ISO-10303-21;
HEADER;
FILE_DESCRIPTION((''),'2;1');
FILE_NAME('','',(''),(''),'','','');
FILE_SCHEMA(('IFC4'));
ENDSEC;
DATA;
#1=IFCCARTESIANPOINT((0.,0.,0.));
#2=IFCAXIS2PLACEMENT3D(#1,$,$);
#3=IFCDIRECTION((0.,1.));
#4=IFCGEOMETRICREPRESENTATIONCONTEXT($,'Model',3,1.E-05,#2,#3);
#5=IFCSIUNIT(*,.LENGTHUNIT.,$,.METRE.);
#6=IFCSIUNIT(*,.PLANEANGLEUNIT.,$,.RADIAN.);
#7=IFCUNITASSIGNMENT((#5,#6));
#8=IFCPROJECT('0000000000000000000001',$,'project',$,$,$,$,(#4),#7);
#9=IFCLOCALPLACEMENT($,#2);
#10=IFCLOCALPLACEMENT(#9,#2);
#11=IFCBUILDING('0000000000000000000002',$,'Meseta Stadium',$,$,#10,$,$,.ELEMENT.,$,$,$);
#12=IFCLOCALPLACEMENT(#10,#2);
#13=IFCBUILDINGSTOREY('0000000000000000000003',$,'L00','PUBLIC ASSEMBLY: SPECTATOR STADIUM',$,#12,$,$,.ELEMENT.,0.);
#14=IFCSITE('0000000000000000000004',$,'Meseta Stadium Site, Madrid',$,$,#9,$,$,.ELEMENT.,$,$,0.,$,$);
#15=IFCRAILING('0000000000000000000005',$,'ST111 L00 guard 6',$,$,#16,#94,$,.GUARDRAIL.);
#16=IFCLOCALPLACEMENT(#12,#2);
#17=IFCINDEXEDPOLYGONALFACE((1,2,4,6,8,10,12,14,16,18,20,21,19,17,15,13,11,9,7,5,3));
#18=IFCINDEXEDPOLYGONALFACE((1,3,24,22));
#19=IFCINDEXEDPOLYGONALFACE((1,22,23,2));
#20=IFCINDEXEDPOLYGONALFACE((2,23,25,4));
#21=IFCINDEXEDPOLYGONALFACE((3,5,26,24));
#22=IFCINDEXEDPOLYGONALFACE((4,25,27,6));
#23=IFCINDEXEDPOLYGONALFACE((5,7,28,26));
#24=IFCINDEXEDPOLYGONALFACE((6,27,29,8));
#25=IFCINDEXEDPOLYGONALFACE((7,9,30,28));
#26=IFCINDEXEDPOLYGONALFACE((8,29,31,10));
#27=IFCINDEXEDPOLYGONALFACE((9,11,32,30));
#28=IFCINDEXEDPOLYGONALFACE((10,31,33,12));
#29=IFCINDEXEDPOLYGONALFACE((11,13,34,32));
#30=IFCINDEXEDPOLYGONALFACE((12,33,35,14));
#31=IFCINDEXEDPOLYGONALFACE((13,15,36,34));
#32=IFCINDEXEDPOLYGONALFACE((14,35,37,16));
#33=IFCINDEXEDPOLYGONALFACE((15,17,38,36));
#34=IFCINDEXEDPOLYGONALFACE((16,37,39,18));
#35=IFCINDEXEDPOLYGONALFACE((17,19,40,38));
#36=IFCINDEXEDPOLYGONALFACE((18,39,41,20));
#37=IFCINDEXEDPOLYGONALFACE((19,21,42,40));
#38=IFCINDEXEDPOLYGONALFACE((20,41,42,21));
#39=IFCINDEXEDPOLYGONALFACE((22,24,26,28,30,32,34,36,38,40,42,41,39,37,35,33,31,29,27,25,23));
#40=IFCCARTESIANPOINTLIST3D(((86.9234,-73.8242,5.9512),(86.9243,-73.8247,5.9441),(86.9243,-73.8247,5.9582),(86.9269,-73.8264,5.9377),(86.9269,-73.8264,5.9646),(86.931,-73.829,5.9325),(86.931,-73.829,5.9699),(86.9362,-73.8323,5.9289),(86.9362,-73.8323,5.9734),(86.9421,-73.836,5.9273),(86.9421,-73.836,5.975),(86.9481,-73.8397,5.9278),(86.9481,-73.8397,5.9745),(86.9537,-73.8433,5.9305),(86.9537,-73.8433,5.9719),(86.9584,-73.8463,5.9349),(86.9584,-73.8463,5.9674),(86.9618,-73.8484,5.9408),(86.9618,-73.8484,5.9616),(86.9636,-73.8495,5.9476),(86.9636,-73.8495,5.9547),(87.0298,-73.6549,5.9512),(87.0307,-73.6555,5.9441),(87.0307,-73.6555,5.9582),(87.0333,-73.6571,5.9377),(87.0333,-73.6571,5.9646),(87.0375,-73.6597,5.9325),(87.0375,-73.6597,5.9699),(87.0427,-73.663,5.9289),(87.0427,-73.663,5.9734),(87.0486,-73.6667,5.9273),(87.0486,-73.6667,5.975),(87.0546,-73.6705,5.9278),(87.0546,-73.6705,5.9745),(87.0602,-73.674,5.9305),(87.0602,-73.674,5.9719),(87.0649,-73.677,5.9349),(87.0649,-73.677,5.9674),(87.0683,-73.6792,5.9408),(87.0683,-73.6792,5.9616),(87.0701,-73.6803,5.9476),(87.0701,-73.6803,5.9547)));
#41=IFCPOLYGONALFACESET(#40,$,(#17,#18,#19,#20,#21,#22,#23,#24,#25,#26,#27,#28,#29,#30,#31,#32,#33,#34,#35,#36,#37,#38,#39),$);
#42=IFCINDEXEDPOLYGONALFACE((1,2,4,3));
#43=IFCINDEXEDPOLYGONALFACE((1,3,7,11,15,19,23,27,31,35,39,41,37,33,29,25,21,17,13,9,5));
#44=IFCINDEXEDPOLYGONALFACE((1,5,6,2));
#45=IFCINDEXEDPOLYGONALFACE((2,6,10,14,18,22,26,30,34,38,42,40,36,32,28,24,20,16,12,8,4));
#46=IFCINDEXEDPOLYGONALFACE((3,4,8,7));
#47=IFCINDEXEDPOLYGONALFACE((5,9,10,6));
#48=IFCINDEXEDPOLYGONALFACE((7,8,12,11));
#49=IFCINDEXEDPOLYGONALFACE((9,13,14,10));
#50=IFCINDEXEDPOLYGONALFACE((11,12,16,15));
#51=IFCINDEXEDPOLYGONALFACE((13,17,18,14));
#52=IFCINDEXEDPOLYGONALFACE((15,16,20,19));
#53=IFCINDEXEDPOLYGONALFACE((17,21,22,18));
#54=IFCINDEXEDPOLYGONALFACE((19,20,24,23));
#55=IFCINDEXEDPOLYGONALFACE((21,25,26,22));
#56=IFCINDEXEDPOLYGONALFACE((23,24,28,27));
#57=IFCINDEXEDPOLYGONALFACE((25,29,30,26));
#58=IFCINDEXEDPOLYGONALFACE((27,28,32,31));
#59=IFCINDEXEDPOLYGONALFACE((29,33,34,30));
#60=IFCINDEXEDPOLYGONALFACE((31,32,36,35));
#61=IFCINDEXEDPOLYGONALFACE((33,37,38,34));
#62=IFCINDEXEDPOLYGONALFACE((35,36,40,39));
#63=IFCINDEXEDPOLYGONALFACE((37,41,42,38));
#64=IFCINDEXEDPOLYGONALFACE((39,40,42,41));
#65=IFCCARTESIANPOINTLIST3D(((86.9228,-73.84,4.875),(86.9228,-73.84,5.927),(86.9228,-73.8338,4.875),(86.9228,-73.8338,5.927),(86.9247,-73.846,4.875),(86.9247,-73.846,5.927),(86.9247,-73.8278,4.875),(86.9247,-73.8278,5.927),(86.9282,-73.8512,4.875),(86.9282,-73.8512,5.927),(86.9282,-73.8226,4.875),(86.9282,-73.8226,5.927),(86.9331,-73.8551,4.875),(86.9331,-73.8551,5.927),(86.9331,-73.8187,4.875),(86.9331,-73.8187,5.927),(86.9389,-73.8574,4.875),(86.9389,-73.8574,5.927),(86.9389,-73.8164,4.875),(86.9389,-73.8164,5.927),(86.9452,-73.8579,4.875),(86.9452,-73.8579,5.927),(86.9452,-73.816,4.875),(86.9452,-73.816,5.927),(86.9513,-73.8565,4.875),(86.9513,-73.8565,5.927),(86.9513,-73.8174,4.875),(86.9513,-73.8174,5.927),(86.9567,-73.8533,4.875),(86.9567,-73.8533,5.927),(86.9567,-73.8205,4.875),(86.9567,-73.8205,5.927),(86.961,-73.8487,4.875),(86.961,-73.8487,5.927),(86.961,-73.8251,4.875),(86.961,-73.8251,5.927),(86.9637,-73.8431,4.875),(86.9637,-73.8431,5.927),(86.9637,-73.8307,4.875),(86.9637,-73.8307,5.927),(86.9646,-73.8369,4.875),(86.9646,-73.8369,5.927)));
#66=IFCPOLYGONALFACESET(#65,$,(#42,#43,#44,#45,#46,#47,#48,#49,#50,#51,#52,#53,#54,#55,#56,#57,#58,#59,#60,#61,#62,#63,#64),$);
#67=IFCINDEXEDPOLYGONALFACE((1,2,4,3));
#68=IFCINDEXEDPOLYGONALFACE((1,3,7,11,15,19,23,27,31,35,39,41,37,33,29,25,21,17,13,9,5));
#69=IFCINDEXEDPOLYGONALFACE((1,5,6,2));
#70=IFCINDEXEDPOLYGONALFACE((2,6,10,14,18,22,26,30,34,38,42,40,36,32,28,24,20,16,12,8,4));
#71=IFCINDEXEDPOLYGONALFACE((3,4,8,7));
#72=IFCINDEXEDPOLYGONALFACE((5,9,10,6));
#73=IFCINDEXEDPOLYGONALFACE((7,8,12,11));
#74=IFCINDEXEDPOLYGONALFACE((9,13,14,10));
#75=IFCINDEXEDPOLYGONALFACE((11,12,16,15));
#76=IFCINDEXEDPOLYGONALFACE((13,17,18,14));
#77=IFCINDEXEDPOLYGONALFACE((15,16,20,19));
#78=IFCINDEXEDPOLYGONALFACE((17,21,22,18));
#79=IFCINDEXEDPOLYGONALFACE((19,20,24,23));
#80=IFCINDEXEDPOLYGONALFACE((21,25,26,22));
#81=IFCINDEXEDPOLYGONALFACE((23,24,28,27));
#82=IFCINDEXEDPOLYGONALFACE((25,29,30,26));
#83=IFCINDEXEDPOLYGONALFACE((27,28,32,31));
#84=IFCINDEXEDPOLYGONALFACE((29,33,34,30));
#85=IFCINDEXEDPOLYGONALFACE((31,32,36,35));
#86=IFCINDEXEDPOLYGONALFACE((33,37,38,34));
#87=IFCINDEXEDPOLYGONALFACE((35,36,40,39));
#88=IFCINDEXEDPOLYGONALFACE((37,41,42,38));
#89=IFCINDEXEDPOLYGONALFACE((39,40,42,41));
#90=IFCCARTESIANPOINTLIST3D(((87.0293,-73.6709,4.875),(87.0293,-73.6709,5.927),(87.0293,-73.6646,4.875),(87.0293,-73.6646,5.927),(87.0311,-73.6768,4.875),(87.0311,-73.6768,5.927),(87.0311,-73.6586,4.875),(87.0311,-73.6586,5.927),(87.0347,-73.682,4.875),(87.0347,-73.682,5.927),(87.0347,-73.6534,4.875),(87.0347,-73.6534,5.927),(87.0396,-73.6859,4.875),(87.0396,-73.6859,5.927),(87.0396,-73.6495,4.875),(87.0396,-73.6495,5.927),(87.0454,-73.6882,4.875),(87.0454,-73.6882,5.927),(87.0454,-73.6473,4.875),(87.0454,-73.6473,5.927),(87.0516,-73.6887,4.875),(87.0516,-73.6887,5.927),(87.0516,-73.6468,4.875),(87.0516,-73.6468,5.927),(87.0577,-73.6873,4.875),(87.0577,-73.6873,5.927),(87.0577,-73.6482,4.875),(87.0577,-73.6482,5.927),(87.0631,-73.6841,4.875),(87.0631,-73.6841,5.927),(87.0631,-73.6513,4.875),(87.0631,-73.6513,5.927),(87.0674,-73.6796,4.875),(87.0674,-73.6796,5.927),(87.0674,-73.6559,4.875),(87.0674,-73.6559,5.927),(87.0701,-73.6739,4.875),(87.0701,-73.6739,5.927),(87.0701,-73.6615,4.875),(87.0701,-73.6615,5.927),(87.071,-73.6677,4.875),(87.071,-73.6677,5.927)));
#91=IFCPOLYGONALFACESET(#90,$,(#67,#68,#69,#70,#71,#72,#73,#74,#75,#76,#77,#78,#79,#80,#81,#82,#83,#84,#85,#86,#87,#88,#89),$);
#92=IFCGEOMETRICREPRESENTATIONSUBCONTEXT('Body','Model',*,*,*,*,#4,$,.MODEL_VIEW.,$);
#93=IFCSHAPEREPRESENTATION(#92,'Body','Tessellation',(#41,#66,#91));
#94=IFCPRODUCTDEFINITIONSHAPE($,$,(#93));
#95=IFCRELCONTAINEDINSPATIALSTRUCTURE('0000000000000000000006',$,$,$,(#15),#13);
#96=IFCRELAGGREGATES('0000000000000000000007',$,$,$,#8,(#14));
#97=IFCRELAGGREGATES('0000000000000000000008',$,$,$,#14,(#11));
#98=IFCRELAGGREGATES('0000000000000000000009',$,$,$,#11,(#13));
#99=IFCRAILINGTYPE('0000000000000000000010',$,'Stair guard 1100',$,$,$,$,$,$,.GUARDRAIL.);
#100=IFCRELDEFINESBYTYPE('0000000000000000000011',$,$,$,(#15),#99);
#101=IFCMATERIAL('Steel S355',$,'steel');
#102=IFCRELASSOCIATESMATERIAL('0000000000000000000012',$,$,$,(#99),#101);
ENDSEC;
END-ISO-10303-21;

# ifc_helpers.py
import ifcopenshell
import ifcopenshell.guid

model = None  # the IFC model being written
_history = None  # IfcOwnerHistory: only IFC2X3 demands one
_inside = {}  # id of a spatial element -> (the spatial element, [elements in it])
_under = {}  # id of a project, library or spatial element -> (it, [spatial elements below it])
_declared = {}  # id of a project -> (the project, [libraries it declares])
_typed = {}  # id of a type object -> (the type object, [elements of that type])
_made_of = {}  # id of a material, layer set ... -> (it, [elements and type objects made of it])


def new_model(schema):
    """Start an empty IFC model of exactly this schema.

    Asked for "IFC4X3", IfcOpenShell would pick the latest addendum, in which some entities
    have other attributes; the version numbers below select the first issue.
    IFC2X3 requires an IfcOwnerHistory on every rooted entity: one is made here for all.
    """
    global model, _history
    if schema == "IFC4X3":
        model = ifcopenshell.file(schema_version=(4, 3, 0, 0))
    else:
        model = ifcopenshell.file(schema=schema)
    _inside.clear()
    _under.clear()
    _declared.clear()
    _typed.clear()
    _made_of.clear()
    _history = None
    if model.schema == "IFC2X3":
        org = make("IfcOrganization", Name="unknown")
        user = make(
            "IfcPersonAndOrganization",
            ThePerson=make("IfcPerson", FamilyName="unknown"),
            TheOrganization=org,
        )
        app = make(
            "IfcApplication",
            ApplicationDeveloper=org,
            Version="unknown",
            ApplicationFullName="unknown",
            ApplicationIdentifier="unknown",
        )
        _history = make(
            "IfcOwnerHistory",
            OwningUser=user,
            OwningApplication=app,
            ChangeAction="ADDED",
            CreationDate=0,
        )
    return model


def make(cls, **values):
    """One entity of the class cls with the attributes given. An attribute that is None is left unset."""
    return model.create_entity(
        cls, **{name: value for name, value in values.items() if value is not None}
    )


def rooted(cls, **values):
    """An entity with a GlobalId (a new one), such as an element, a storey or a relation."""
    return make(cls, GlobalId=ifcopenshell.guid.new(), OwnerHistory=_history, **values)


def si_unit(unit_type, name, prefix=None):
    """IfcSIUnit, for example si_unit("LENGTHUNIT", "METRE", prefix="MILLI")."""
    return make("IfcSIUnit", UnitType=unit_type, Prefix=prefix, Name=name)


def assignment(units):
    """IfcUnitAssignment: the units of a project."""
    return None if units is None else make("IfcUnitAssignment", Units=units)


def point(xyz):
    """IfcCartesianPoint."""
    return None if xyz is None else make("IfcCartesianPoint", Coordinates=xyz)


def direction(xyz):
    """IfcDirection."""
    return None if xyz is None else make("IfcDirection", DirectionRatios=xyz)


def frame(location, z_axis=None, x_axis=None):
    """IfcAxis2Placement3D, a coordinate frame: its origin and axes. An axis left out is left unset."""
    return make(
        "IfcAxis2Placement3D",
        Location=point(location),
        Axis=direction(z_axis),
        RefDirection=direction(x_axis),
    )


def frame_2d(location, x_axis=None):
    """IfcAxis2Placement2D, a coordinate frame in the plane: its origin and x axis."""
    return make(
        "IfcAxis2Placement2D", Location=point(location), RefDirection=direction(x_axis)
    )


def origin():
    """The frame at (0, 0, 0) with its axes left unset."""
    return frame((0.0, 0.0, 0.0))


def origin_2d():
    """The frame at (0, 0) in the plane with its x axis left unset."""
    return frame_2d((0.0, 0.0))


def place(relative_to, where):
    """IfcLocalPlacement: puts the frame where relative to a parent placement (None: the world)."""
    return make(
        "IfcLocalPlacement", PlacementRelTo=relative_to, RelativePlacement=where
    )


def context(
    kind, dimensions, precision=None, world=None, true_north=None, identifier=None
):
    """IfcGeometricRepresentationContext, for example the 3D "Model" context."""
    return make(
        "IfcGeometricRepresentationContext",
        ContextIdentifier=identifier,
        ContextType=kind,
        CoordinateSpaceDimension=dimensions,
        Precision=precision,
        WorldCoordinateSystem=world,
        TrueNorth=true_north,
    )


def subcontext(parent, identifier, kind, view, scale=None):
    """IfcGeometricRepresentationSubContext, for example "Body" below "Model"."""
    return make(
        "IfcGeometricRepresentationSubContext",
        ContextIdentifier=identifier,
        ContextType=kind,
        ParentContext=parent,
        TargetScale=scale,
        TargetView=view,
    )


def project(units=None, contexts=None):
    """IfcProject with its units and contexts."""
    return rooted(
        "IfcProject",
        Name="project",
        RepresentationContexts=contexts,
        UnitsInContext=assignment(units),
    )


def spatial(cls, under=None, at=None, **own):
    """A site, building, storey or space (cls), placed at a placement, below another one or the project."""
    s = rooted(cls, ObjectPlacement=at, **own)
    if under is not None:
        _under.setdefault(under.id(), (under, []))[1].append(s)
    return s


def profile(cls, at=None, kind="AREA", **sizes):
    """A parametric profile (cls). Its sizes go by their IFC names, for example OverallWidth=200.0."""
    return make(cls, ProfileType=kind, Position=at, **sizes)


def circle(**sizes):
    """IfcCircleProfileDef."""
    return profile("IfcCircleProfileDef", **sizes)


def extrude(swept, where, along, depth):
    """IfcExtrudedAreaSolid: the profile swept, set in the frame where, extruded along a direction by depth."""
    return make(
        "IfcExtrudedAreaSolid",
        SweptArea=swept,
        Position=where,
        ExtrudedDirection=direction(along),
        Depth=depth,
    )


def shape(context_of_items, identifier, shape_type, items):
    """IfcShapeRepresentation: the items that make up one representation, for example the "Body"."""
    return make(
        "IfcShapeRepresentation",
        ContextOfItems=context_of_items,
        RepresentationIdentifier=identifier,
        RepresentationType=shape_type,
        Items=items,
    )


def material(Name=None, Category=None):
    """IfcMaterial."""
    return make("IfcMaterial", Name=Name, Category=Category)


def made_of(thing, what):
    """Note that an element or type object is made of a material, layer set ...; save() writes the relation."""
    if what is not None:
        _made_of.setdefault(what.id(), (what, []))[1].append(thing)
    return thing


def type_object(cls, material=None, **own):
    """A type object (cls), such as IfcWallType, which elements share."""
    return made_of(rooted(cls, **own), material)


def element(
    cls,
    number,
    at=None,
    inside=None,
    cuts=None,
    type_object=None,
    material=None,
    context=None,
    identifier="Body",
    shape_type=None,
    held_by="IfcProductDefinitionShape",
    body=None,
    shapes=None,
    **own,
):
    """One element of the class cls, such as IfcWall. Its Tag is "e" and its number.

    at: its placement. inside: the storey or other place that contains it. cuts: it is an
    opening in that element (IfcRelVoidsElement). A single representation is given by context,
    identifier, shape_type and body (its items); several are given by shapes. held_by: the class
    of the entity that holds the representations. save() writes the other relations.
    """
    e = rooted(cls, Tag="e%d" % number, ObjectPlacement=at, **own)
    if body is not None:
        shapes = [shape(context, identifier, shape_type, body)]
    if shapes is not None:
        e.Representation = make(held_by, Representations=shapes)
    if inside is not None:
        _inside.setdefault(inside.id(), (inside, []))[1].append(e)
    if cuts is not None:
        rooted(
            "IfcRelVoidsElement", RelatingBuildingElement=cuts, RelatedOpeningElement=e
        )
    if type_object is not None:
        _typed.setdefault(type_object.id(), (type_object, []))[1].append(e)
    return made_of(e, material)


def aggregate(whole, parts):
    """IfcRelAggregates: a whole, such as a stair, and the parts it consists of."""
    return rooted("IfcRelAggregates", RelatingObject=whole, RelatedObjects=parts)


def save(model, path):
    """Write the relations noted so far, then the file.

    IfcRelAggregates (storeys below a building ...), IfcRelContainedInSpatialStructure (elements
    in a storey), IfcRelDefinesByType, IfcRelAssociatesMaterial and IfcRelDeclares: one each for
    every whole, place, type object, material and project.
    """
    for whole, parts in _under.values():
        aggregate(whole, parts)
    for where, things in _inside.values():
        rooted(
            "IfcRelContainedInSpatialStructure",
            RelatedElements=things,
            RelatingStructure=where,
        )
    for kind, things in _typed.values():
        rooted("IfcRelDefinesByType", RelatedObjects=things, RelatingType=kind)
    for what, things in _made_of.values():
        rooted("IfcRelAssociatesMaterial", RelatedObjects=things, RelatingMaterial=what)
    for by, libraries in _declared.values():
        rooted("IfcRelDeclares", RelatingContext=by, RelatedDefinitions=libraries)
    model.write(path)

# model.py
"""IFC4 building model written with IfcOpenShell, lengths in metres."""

from ifc_helpers import new_model, si_unit, direction, frame, origin, origin_2d, place, context, subcontext, project, spatial, circle, extrude, material, type_object, element, save


model = new_model("IFC4")

# Units and contexts
model_context = context("Model", 3, precision=1e-05, world=origin(), true_north=direction((0.0, 1.0)))
body_context = subcontext(model_context, "Body", "Model", "MODEL_VIEW")
ifc_project = project(units=[si_unit("LENGTHUNIT", "METRE"), si_unit("PLANEANGLEUNIT", "RADIAN")], contexts=[model_context])

# Site, building, storey
site_placement = place(None, origin())
site = spatial("IfcSite", under=ifc_project, at=site_placement, Name="Meseta Stadium Site, Madrid", CompositionType="ELEMENT", RefElevation=0.0)
building_placement = place(site_placement, origin())
building = spatial("IfcBuilding", under=site, at=building_placement, Name="Meseta Stadium", CompositionType="ELEMENT")
storey_placement = place(building_placement, origin())
storey = spatial("IfcBuildingStorey", under=building, at=storey_placement, Name="L00", Description="PUBLIC ASSEMBLY: SPECTATOR STADIUM", CompositionType="ELEMENT", Elevation=0.0)

# Railing
ifc_material_1 = material(Name="Steel S355", Category="steel")
railing_type_1 = type_object("IfcRailingType", Name="Stair guard 1100", PredefinedType="GUARDRAIL", material=ifc_material_1)
railing_1_placement = place(storey_placement, frame((86.9436, -73.8369, 4.875)))
element("IfcRailing", 1, at=railing_1_placement, inside=storey, type_object=railing_type_1, Name="ST111 L00 guard 6", PredefinedType="GUARDRAIL", context=body_context, shape_type="SweptSolid", body=[
    extrude(circle(Radius=0.0239, at=origin_2d()), frame((0.0, 0.0, 1.0762), z_axis=(0.532522, 0.846416, 0.0), x_axis=(-0.846416, 0.532522, 0.0)), (0.0, 0.0, 1.0), 0.2),
    extrude(circle(Radius=0.021, at=origin_2d()), origin(), (0.0, 0.0, 1.0), 1.052),
    extrude(circle(Radius=0.021, at=origin_2d()), frame((0.1064, 0.1692, 0.0)), (0.0, 0.0, 1.0), 1.052),
])

save(model, "model.ifc")
